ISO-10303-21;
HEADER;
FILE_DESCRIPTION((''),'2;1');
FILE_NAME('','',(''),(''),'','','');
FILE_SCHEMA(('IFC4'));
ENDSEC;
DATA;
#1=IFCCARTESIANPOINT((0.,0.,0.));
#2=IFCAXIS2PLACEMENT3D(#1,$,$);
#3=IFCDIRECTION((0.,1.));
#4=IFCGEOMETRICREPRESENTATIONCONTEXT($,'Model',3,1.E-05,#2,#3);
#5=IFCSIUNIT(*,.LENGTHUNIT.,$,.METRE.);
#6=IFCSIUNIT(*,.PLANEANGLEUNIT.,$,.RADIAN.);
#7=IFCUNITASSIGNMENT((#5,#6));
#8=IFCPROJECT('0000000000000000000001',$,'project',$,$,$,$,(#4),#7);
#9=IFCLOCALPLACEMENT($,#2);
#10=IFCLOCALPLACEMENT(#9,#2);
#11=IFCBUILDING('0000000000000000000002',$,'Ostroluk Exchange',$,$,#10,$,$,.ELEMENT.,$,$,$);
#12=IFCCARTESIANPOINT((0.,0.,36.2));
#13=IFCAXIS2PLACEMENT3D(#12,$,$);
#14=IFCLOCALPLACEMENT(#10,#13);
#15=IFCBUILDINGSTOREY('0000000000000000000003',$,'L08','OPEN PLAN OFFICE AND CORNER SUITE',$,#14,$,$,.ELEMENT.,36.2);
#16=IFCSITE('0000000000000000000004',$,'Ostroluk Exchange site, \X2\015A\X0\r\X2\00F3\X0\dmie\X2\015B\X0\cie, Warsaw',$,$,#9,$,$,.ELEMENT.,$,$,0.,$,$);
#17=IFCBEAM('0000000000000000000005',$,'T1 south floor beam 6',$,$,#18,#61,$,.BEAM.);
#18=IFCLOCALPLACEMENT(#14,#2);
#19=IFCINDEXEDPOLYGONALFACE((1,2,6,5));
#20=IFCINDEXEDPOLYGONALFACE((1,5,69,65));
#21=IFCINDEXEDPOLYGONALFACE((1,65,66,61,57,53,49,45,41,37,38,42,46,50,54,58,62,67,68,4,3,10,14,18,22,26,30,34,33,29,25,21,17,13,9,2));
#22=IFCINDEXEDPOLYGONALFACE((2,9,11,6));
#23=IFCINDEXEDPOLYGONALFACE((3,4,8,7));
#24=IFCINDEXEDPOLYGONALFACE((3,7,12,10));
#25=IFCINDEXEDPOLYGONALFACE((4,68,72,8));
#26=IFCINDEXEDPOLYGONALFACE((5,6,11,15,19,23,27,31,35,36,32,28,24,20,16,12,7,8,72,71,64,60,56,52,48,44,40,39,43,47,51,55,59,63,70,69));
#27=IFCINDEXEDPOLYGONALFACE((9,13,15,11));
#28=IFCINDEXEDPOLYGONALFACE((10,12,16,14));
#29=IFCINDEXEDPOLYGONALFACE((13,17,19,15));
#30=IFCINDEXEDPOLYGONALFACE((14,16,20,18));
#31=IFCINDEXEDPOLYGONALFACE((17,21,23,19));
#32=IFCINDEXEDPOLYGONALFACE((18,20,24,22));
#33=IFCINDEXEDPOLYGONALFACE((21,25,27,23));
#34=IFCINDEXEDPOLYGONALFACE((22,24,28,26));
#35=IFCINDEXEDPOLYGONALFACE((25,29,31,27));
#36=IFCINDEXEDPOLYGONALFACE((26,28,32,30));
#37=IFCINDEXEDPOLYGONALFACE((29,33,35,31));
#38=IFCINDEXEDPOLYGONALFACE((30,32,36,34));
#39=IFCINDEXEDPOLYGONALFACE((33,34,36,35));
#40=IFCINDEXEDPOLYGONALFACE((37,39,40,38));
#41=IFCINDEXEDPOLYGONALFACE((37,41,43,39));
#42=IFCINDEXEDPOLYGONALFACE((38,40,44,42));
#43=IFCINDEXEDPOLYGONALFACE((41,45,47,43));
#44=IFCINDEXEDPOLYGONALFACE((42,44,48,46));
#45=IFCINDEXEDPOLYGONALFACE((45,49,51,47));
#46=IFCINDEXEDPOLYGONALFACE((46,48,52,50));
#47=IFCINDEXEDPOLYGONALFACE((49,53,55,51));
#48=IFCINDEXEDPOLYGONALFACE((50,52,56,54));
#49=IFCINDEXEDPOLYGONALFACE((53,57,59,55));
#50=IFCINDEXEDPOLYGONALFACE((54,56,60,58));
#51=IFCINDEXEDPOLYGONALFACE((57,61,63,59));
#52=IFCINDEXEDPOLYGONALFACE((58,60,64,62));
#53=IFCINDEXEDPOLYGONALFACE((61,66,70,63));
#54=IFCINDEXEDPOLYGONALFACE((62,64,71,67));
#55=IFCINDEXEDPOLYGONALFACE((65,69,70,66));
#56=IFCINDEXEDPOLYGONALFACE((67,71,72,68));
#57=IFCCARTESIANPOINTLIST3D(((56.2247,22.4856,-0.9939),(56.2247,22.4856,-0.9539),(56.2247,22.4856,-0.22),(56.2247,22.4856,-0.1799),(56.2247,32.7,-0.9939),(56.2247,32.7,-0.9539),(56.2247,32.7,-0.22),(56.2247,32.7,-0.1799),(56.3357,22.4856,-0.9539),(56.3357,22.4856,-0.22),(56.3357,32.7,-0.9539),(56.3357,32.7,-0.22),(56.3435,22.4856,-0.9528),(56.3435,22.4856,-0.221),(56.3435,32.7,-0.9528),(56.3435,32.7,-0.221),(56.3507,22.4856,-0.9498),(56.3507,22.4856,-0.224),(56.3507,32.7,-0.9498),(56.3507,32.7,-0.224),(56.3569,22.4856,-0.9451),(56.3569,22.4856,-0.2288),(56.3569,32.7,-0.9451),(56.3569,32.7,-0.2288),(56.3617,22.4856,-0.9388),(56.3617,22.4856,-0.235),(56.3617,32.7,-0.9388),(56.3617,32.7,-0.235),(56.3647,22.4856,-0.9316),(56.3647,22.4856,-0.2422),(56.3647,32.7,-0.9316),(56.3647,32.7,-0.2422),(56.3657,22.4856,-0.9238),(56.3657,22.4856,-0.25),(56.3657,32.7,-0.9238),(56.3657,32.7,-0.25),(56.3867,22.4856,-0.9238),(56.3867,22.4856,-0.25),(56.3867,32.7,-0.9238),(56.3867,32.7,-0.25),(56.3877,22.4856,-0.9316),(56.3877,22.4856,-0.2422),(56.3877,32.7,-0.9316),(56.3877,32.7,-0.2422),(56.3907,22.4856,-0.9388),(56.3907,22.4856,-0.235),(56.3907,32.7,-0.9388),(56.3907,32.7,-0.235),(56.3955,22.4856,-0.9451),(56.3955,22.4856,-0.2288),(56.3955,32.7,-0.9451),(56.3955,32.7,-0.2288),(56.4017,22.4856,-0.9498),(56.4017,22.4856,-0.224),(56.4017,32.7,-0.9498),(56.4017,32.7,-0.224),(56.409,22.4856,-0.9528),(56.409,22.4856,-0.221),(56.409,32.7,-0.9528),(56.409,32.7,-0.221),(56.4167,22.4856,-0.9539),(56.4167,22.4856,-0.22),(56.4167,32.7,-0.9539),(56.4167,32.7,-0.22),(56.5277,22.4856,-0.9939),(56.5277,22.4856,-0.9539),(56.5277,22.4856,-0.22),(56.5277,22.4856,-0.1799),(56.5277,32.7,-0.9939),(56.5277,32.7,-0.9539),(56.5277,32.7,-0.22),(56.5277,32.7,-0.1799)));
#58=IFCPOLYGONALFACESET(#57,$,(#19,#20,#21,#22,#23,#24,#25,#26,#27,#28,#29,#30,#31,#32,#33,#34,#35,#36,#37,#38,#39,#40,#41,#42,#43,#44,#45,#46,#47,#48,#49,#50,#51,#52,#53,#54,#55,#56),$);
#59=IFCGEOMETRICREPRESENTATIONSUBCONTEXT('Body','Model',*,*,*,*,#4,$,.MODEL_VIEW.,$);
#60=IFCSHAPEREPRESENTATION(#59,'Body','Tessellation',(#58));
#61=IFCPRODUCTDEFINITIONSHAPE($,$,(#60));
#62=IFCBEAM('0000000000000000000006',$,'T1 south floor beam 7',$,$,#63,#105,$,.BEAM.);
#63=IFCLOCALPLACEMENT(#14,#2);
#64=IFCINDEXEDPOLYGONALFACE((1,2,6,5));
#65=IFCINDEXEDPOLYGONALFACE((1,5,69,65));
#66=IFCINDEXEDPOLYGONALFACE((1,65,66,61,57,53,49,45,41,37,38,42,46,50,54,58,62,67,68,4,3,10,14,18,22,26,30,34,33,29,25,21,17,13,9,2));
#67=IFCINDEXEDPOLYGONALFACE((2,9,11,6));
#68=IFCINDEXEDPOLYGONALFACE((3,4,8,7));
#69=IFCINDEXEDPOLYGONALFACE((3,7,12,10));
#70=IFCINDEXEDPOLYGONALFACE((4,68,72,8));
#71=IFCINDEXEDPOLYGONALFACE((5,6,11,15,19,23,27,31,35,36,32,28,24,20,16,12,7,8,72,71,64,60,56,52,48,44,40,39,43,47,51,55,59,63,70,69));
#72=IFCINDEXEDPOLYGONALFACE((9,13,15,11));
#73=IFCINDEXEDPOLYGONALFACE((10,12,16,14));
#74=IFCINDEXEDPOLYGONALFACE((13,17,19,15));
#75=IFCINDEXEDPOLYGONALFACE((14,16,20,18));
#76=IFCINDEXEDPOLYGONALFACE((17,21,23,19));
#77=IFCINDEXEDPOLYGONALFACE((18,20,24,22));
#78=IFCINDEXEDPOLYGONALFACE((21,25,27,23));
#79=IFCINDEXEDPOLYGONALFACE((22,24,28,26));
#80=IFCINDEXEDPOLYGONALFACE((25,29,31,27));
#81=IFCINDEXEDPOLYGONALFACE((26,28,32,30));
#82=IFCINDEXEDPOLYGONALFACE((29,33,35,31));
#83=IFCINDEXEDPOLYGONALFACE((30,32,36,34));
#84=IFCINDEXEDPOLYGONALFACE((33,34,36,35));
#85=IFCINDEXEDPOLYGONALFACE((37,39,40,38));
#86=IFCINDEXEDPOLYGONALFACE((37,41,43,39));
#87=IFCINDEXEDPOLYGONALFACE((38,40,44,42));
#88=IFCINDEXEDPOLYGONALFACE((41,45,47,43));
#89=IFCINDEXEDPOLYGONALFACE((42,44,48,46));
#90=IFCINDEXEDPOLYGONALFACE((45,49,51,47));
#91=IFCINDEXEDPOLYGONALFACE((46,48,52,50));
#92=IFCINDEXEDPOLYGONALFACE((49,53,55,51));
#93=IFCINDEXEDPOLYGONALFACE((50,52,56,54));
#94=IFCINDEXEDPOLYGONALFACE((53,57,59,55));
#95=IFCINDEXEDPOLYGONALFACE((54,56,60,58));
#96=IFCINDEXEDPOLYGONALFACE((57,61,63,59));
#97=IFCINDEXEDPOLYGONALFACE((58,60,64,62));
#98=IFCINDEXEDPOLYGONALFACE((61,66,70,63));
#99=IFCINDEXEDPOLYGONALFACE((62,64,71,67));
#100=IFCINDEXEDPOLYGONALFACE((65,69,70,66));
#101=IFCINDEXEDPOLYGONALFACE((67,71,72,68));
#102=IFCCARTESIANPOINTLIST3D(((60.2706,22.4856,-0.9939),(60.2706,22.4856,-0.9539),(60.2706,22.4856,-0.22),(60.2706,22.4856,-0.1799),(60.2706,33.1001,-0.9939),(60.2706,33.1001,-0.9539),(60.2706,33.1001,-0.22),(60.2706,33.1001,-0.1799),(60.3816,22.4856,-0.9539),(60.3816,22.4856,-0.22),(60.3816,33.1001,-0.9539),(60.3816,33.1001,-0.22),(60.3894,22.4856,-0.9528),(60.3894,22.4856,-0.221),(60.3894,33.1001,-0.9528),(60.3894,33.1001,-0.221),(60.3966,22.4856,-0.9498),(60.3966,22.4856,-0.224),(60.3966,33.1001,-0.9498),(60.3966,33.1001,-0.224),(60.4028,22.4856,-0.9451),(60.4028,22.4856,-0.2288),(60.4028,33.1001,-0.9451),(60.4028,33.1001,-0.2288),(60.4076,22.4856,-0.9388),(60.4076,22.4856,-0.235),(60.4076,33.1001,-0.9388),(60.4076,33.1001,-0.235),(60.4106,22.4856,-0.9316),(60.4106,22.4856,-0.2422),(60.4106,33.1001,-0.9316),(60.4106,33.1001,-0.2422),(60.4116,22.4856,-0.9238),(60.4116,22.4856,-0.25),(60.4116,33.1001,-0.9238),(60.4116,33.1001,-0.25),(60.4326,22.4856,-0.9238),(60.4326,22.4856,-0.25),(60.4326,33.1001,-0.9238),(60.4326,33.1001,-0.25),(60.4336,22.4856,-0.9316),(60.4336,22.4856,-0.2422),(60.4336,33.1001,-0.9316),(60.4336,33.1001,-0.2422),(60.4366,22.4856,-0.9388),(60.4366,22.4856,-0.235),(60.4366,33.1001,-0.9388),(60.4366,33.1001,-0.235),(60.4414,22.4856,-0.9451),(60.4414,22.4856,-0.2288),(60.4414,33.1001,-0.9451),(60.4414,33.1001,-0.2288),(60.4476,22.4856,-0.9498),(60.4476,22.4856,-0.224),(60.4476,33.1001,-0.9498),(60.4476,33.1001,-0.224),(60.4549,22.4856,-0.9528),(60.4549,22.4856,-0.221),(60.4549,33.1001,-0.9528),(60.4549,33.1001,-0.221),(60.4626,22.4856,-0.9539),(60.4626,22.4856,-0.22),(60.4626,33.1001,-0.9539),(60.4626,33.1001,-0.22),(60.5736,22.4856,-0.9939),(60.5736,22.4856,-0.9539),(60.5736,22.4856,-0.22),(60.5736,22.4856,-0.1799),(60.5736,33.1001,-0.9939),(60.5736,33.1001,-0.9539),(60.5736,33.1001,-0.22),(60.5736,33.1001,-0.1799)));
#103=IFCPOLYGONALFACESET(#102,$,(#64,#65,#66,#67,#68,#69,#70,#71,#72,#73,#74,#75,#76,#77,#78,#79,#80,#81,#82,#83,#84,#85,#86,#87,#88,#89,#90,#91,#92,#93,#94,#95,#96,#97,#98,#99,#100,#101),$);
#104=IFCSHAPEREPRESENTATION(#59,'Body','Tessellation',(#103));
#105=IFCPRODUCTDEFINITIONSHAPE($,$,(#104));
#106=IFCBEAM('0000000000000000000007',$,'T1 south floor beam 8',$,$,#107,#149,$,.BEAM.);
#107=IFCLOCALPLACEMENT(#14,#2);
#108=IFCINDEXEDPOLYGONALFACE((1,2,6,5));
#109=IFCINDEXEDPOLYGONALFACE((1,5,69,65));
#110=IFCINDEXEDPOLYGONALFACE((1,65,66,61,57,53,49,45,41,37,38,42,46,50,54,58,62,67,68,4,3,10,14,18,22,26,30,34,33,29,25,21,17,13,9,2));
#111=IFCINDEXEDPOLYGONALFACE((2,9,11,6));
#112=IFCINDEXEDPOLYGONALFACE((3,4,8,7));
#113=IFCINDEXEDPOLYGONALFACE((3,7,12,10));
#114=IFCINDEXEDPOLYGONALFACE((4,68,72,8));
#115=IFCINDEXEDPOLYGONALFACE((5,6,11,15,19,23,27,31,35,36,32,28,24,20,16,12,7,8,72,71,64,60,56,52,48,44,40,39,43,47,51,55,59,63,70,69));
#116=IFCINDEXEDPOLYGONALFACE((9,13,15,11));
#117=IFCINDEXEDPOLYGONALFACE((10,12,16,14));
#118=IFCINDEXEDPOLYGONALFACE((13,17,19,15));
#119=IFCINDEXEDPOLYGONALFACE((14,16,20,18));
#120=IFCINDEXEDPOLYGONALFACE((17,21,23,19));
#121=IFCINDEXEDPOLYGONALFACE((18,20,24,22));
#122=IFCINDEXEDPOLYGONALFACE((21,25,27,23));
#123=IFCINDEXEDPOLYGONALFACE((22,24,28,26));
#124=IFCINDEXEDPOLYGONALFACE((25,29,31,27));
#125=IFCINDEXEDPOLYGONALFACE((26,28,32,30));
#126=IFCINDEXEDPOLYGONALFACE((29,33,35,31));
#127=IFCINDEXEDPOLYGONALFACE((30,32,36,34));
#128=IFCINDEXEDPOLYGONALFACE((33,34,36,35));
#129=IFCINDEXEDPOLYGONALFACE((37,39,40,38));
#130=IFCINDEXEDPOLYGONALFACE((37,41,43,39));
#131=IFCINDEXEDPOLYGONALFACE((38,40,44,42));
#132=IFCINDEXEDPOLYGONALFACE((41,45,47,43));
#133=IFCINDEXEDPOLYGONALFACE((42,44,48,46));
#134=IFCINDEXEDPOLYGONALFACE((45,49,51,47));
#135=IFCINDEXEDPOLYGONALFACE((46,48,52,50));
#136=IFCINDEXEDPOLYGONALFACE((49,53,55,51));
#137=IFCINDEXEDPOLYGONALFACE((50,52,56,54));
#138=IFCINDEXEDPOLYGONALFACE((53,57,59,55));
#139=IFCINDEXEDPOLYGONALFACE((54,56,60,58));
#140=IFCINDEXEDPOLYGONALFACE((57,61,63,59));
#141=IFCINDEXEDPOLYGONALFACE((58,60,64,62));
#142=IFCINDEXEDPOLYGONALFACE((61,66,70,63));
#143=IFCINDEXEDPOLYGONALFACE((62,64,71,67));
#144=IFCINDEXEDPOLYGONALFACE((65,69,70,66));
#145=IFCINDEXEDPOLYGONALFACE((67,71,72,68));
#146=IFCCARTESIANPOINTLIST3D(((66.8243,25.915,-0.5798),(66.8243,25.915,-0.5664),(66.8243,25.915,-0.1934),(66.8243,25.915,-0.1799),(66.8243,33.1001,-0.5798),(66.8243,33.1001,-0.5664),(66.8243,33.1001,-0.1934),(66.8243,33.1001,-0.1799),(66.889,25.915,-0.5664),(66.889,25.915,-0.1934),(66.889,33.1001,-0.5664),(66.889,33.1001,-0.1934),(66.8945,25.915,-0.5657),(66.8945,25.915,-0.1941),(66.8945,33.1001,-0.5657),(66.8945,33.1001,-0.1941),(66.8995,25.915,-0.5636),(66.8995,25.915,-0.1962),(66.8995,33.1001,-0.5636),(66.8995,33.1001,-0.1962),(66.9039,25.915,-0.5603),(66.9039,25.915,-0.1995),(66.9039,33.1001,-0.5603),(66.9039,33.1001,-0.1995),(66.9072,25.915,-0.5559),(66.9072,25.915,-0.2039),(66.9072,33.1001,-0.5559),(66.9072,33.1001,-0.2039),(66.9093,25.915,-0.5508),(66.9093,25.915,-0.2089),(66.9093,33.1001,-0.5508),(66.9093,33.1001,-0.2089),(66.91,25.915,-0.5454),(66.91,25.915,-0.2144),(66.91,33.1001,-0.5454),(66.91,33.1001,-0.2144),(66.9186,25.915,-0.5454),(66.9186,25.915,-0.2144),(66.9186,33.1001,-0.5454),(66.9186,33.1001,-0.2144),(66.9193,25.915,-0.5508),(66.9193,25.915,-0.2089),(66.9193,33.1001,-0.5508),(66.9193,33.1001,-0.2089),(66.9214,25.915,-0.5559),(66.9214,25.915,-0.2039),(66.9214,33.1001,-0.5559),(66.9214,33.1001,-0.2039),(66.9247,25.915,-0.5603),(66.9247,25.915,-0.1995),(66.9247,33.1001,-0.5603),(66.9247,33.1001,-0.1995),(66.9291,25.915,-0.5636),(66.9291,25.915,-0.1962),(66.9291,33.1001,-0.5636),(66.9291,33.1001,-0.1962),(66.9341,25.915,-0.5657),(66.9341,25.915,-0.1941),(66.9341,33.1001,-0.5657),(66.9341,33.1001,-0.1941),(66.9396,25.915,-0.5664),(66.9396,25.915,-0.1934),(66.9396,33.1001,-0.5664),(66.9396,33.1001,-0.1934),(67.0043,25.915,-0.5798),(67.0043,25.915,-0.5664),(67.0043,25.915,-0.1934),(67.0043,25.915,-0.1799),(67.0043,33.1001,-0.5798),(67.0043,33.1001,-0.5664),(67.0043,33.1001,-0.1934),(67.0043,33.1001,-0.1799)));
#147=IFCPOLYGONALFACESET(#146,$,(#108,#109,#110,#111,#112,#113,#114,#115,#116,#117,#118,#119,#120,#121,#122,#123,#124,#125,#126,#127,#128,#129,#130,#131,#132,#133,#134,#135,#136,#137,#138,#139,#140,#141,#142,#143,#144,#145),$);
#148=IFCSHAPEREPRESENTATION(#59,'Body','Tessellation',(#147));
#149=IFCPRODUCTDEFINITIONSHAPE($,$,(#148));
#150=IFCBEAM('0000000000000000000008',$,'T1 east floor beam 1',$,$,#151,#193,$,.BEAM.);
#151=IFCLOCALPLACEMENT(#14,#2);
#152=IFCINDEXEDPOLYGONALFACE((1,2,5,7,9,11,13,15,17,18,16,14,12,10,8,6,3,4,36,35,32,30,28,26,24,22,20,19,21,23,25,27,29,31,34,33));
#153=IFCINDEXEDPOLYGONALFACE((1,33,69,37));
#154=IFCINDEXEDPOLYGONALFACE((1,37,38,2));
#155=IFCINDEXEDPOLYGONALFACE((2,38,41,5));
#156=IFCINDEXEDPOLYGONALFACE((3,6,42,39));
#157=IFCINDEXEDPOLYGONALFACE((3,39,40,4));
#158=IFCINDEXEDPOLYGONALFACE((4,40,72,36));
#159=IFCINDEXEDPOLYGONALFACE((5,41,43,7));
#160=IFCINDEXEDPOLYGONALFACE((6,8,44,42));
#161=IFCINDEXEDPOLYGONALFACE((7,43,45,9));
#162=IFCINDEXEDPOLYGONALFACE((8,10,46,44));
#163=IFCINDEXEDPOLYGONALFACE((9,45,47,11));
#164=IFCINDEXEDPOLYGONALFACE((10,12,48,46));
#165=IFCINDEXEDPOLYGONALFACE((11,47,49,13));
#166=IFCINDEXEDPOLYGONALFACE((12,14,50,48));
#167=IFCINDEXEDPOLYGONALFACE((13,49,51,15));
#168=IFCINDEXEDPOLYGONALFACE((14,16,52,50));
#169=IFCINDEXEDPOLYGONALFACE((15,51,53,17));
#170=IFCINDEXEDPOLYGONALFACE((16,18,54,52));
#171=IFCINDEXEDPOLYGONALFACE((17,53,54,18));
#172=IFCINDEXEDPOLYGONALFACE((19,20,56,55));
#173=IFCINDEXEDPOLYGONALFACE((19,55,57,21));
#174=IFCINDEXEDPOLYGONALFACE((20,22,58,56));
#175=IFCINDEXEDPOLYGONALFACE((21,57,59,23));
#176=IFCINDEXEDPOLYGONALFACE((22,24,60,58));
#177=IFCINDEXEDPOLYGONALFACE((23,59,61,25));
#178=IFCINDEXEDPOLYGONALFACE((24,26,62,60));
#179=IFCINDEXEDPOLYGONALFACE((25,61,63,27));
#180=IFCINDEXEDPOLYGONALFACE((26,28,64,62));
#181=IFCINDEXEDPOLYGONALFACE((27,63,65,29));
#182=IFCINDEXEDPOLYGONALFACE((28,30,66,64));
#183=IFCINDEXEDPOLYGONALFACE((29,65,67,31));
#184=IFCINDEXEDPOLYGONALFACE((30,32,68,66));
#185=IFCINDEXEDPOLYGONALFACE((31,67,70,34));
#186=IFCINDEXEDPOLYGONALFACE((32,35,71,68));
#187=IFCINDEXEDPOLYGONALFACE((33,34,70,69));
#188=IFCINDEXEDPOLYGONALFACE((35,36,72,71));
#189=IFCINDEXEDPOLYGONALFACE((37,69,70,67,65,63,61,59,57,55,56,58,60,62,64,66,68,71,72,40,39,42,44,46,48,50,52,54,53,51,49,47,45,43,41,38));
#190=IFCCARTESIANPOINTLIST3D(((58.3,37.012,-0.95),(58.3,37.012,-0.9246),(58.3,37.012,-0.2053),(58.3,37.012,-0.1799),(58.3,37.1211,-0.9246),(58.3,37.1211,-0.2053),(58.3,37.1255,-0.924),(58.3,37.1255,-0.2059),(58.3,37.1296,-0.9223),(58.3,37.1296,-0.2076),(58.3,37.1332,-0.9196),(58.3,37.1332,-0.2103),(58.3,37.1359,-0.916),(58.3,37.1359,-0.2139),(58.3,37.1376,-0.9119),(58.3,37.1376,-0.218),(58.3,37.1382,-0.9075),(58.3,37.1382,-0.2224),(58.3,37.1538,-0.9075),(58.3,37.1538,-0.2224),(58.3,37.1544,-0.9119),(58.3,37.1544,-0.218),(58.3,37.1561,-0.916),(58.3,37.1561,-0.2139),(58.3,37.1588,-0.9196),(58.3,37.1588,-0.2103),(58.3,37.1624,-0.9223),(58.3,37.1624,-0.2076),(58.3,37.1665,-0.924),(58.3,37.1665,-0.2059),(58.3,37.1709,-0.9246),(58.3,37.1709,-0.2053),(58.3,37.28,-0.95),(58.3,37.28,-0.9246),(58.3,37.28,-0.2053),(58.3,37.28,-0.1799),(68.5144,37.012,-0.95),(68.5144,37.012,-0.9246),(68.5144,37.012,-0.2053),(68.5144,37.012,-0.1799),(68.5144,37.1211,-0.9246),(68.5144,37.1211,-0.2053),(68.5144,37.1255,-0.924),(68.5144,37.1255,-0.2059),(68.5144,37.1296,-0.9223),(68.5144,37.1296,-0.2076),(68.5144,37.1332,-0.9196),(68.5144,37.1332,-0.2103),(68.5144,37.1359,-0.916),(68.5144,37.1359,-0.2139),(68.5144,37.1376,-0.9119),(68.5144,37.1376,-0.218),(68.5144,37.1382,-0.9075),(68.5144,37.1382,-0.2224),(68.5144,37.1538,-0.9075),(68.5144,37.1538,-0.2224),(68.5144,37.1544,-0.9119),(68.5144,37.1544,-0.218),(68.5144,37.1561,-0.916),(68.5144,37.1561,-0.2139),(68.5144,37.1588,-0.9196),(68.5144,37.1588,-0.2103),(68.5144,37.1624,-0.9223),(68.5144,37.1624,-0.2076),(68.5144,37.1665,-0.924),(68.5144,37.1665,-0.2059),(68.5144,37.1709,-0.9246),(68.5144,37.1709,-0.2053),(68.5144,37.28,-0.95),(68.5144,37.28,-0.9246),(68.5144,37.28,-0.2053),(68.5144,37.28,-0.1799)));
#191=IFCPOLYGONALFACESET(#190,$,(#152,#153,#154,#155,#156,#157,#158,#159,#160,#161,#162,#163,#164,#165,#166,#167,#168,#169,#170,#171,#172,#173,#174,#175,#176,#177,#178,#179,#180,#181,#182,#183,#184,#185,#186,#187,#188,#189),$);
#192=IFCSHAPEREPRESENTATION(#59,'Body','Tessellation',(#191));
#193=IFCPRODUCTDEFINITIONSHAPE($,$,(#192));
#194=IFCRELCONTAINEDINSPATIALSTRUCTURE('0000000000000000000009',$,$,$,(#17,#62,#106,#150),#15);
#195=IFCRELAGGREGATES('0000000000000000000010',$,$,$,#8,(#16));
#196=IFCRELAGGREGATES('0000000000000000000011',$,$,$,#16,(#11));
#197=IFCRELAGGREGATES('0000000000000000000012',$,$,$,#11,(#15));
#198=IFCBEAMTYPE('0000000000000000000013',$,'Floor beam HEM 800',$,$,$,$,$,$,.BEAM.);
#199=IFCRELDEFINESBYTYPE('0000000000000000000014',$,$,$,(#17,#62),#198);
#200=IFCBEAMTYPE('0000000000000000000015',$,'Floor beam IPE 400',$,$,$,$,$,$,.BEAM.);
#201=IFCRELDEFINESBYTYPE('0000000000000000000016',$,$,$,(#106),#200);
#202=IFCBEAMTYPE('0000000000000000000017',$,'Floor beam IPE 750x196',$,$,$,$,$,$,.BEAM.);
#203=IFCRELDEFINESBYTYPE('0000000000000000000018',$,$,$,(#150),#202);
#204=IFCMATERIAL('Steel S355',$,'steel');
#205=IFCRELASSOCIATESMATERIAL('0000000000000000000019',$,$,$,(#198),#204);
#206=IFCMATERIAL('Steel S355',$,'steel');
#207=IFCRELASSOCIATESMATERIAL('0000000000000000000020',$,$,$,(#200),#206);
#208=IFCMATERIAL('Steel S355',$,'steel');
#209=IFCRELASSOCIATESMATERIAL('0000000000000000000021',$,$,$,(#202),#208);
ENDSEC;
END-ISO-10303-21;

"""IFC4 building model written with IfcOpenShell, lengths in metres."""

from ifc_helpers import new_model, si_unit, direction, frame, origin, origin_2d, place, context, subcontext, project, spatial, i_section, extrude, material, material_profile, profile_set, type_object, element, save


model = new_model("IFC4")

# Units and contexts
model_context = context("Model", 3, precision=1e-05, world=origin(), true_north=direction((0.0, 1.0)))
body_context = subcontext(model_context, "Body", "Model", "MODEL_VIEW")
ifc_project = project(units=[si_unit("LENGTHUNIT", "METRE"), si_unit("PLANEANGLEUNIT", "RADIAN")], contexts=[model_context])

# Site, building, storey
site_placement = place(None, origin())
site = spatial("IfcSite", under=ifc_project, at=site_placement, Name="Ostroluk Exchange site, Śródmieście, Warsaw", CompositionType="ELEMENT", RefElevation=0.0)
building_placement = place(site_placement, origin())
building = spatial("IfcBuilding", under=site, at=building_placement, Name="Ostroluk Exchange", CompositionType="ELEMENT")
storey_placement = place(building_placement, frame((0.0, 0.0, 36.2)))
storey = spatial("IfcBuildingStorey", under=building, at=storey_placement, Name="L08", Description="OPEN PLAN OFFICE AND CORNER SUITE", CompositionType="ELEMENT", Elevation=36.2)

# Beams
ifc_material_1 = material(Name="Steel S355", Category="steel")
ifc_material_profile_1 = material_profile(ifc_material_1, i_section(OverallWidth=0.303, OverallDepth=0.814, WebThickness=0.021, FlangeThickness=0.04, FilletRadius=0.03, at=origin_2d()), Name="HEM 800")
ifc_profile_set_1 = profile_set([ifc_material_profile_1], Name="Steel S355")
beam_type_1 = type_object("IfcBeamType", Name="Floor beam HEM 800", PredefinedType="BEAM", material=ifc_profile_set_1)
beam_1_placement = place(storey_placement, frame((56.3762, 32.7, -0.5869), z_axis=(0.0, -1.0, 0.0), x_axis=(1.0, 0.0, 0.0)))
element("IfcBeam", 1, at=beam_1_placement, inside=storey, type_object=beam_type_1, Name="T1 south floor beam 6", PredefinedType="BEAM", context=body_context, shape_type="SweptSolid", body=[
    extrude(i_section(OverallWidth=0.303, OverallDepth=0.814, WebThickness=0.021, FlangeThickness=0.04, FilletRadius=0.03, at=origin_2d()), origin(), (0.0, 0.0, 1.0), 10.2144),
])
beam_2_placement = place(storey_placement, frame((60.4221, 33.1001, -0.5869), z_axis=(0.0, -1.0, 0.0), x_axis=(1.0, 0.0, 0.0)))
element("IfcBeam", 2, at=beam_2_placement, inside=storey, type_object=beam_type_1, Name="T1 south floor beam 7", PredefinedType="BEAM", context=body_context, shape_type="SweptSolid", body=[
    extrude(i_section(OverallWidth=0.303, OverallDepth=0.814, WebThickness=0.021, FlangeThickness=0.04, FilletRadius=0.03, at=origin_2d()), origin(), (0.0, 0.0, 1.0), 10.6145),
])
ifc_material_2 = material(Name="Steel S355", Category="steel")
ifc_material_profile_2 = material_profile(ifc_material_2, i_section(OverallWidth=0.1799, OverallDepth=0.3999, WebThickness=0.0085, FlangeThickness=0.0134, FilletRadius=0.021, at=origin_2d()), Name="IPE 400")
ifc_profile_set_2 = profile_set([ifc_material_profile_2], Name="Steel S355")
beam_type_2 = type_object("IfcBeamType", Name="Floor beam IPE 400", PredefinedType="BEAM", material=ifc_profile_set_2)
beam_3_placement = place(storey_placement, frame((66.9143, 33.1001, -0.3799), z_axis=(0.0, -1.0, 0.0), x_axis=(1.0, 0.0, 0.0)))
element("IfcBeam", 3, at=beam_3_placement, inside=storey, type_object=beam_type_2, Name="T1 south floor beam 8", PredefinedType="BEAM", context=body_context, shape_type="SweptSolid", body=[
    extrude(i_section(OverallWidth=0.1799, OverallDepth=0.3999, WebThickness=0.0085, FlangeThickness=0.0134, FilletRadius=0.021, at=origin_2d()), origin(), (0.0, 0.0, 1.0), 7.1851),
])
ifc_material_3 = material(Name="Steel S355", Category="steel")
ifc_material_profile_3 = material_profile(ifc_material_3, i_section(OverallWidth=0.2681, OverallDepth=0.77, WebThickness=0.0156, FlangeThickness=0.0254, FilletRadius=0.0171, at=origin_2d()), Name="IPE 750x196")
ifc_profile_set_3 = profile_set([ifc_material_profile_3], Name="Steel S355")
beam_type_3 = type_object("IfcBeamType", Name="Floor beam IPE 750x196", PredefinedType="BEAM", material=ifc_profile_set_3)
for number, where, z_axis, x_axis, name in (
    (4, (58.3, 37.146, -0.5649), (1.0, 0.0, 0.0), (0.0, 1.0, 0.0), "T1 east floor beam 1"),
):
    element("IfcBeam", number, at=place(storey_placement, frame(where, z_axis=z_axis, x_axis=x_axis)), inside=storey, type_object=beam_type_3, Name=name, PredefinedType="BEAM", context=body_context, shape_type="SweptSolid", body=[
        extrude(i_section(OverallWidth=0.2681, OverallDepth=0.77, WebThickness=0.0156, FlangeThickness=0.0254, FilletRadius=0.0171, at=origin_2d()), origin(), (0.0, 0.0, 1.0), 10.2144),
    ])

save(model, "model.ifc")
